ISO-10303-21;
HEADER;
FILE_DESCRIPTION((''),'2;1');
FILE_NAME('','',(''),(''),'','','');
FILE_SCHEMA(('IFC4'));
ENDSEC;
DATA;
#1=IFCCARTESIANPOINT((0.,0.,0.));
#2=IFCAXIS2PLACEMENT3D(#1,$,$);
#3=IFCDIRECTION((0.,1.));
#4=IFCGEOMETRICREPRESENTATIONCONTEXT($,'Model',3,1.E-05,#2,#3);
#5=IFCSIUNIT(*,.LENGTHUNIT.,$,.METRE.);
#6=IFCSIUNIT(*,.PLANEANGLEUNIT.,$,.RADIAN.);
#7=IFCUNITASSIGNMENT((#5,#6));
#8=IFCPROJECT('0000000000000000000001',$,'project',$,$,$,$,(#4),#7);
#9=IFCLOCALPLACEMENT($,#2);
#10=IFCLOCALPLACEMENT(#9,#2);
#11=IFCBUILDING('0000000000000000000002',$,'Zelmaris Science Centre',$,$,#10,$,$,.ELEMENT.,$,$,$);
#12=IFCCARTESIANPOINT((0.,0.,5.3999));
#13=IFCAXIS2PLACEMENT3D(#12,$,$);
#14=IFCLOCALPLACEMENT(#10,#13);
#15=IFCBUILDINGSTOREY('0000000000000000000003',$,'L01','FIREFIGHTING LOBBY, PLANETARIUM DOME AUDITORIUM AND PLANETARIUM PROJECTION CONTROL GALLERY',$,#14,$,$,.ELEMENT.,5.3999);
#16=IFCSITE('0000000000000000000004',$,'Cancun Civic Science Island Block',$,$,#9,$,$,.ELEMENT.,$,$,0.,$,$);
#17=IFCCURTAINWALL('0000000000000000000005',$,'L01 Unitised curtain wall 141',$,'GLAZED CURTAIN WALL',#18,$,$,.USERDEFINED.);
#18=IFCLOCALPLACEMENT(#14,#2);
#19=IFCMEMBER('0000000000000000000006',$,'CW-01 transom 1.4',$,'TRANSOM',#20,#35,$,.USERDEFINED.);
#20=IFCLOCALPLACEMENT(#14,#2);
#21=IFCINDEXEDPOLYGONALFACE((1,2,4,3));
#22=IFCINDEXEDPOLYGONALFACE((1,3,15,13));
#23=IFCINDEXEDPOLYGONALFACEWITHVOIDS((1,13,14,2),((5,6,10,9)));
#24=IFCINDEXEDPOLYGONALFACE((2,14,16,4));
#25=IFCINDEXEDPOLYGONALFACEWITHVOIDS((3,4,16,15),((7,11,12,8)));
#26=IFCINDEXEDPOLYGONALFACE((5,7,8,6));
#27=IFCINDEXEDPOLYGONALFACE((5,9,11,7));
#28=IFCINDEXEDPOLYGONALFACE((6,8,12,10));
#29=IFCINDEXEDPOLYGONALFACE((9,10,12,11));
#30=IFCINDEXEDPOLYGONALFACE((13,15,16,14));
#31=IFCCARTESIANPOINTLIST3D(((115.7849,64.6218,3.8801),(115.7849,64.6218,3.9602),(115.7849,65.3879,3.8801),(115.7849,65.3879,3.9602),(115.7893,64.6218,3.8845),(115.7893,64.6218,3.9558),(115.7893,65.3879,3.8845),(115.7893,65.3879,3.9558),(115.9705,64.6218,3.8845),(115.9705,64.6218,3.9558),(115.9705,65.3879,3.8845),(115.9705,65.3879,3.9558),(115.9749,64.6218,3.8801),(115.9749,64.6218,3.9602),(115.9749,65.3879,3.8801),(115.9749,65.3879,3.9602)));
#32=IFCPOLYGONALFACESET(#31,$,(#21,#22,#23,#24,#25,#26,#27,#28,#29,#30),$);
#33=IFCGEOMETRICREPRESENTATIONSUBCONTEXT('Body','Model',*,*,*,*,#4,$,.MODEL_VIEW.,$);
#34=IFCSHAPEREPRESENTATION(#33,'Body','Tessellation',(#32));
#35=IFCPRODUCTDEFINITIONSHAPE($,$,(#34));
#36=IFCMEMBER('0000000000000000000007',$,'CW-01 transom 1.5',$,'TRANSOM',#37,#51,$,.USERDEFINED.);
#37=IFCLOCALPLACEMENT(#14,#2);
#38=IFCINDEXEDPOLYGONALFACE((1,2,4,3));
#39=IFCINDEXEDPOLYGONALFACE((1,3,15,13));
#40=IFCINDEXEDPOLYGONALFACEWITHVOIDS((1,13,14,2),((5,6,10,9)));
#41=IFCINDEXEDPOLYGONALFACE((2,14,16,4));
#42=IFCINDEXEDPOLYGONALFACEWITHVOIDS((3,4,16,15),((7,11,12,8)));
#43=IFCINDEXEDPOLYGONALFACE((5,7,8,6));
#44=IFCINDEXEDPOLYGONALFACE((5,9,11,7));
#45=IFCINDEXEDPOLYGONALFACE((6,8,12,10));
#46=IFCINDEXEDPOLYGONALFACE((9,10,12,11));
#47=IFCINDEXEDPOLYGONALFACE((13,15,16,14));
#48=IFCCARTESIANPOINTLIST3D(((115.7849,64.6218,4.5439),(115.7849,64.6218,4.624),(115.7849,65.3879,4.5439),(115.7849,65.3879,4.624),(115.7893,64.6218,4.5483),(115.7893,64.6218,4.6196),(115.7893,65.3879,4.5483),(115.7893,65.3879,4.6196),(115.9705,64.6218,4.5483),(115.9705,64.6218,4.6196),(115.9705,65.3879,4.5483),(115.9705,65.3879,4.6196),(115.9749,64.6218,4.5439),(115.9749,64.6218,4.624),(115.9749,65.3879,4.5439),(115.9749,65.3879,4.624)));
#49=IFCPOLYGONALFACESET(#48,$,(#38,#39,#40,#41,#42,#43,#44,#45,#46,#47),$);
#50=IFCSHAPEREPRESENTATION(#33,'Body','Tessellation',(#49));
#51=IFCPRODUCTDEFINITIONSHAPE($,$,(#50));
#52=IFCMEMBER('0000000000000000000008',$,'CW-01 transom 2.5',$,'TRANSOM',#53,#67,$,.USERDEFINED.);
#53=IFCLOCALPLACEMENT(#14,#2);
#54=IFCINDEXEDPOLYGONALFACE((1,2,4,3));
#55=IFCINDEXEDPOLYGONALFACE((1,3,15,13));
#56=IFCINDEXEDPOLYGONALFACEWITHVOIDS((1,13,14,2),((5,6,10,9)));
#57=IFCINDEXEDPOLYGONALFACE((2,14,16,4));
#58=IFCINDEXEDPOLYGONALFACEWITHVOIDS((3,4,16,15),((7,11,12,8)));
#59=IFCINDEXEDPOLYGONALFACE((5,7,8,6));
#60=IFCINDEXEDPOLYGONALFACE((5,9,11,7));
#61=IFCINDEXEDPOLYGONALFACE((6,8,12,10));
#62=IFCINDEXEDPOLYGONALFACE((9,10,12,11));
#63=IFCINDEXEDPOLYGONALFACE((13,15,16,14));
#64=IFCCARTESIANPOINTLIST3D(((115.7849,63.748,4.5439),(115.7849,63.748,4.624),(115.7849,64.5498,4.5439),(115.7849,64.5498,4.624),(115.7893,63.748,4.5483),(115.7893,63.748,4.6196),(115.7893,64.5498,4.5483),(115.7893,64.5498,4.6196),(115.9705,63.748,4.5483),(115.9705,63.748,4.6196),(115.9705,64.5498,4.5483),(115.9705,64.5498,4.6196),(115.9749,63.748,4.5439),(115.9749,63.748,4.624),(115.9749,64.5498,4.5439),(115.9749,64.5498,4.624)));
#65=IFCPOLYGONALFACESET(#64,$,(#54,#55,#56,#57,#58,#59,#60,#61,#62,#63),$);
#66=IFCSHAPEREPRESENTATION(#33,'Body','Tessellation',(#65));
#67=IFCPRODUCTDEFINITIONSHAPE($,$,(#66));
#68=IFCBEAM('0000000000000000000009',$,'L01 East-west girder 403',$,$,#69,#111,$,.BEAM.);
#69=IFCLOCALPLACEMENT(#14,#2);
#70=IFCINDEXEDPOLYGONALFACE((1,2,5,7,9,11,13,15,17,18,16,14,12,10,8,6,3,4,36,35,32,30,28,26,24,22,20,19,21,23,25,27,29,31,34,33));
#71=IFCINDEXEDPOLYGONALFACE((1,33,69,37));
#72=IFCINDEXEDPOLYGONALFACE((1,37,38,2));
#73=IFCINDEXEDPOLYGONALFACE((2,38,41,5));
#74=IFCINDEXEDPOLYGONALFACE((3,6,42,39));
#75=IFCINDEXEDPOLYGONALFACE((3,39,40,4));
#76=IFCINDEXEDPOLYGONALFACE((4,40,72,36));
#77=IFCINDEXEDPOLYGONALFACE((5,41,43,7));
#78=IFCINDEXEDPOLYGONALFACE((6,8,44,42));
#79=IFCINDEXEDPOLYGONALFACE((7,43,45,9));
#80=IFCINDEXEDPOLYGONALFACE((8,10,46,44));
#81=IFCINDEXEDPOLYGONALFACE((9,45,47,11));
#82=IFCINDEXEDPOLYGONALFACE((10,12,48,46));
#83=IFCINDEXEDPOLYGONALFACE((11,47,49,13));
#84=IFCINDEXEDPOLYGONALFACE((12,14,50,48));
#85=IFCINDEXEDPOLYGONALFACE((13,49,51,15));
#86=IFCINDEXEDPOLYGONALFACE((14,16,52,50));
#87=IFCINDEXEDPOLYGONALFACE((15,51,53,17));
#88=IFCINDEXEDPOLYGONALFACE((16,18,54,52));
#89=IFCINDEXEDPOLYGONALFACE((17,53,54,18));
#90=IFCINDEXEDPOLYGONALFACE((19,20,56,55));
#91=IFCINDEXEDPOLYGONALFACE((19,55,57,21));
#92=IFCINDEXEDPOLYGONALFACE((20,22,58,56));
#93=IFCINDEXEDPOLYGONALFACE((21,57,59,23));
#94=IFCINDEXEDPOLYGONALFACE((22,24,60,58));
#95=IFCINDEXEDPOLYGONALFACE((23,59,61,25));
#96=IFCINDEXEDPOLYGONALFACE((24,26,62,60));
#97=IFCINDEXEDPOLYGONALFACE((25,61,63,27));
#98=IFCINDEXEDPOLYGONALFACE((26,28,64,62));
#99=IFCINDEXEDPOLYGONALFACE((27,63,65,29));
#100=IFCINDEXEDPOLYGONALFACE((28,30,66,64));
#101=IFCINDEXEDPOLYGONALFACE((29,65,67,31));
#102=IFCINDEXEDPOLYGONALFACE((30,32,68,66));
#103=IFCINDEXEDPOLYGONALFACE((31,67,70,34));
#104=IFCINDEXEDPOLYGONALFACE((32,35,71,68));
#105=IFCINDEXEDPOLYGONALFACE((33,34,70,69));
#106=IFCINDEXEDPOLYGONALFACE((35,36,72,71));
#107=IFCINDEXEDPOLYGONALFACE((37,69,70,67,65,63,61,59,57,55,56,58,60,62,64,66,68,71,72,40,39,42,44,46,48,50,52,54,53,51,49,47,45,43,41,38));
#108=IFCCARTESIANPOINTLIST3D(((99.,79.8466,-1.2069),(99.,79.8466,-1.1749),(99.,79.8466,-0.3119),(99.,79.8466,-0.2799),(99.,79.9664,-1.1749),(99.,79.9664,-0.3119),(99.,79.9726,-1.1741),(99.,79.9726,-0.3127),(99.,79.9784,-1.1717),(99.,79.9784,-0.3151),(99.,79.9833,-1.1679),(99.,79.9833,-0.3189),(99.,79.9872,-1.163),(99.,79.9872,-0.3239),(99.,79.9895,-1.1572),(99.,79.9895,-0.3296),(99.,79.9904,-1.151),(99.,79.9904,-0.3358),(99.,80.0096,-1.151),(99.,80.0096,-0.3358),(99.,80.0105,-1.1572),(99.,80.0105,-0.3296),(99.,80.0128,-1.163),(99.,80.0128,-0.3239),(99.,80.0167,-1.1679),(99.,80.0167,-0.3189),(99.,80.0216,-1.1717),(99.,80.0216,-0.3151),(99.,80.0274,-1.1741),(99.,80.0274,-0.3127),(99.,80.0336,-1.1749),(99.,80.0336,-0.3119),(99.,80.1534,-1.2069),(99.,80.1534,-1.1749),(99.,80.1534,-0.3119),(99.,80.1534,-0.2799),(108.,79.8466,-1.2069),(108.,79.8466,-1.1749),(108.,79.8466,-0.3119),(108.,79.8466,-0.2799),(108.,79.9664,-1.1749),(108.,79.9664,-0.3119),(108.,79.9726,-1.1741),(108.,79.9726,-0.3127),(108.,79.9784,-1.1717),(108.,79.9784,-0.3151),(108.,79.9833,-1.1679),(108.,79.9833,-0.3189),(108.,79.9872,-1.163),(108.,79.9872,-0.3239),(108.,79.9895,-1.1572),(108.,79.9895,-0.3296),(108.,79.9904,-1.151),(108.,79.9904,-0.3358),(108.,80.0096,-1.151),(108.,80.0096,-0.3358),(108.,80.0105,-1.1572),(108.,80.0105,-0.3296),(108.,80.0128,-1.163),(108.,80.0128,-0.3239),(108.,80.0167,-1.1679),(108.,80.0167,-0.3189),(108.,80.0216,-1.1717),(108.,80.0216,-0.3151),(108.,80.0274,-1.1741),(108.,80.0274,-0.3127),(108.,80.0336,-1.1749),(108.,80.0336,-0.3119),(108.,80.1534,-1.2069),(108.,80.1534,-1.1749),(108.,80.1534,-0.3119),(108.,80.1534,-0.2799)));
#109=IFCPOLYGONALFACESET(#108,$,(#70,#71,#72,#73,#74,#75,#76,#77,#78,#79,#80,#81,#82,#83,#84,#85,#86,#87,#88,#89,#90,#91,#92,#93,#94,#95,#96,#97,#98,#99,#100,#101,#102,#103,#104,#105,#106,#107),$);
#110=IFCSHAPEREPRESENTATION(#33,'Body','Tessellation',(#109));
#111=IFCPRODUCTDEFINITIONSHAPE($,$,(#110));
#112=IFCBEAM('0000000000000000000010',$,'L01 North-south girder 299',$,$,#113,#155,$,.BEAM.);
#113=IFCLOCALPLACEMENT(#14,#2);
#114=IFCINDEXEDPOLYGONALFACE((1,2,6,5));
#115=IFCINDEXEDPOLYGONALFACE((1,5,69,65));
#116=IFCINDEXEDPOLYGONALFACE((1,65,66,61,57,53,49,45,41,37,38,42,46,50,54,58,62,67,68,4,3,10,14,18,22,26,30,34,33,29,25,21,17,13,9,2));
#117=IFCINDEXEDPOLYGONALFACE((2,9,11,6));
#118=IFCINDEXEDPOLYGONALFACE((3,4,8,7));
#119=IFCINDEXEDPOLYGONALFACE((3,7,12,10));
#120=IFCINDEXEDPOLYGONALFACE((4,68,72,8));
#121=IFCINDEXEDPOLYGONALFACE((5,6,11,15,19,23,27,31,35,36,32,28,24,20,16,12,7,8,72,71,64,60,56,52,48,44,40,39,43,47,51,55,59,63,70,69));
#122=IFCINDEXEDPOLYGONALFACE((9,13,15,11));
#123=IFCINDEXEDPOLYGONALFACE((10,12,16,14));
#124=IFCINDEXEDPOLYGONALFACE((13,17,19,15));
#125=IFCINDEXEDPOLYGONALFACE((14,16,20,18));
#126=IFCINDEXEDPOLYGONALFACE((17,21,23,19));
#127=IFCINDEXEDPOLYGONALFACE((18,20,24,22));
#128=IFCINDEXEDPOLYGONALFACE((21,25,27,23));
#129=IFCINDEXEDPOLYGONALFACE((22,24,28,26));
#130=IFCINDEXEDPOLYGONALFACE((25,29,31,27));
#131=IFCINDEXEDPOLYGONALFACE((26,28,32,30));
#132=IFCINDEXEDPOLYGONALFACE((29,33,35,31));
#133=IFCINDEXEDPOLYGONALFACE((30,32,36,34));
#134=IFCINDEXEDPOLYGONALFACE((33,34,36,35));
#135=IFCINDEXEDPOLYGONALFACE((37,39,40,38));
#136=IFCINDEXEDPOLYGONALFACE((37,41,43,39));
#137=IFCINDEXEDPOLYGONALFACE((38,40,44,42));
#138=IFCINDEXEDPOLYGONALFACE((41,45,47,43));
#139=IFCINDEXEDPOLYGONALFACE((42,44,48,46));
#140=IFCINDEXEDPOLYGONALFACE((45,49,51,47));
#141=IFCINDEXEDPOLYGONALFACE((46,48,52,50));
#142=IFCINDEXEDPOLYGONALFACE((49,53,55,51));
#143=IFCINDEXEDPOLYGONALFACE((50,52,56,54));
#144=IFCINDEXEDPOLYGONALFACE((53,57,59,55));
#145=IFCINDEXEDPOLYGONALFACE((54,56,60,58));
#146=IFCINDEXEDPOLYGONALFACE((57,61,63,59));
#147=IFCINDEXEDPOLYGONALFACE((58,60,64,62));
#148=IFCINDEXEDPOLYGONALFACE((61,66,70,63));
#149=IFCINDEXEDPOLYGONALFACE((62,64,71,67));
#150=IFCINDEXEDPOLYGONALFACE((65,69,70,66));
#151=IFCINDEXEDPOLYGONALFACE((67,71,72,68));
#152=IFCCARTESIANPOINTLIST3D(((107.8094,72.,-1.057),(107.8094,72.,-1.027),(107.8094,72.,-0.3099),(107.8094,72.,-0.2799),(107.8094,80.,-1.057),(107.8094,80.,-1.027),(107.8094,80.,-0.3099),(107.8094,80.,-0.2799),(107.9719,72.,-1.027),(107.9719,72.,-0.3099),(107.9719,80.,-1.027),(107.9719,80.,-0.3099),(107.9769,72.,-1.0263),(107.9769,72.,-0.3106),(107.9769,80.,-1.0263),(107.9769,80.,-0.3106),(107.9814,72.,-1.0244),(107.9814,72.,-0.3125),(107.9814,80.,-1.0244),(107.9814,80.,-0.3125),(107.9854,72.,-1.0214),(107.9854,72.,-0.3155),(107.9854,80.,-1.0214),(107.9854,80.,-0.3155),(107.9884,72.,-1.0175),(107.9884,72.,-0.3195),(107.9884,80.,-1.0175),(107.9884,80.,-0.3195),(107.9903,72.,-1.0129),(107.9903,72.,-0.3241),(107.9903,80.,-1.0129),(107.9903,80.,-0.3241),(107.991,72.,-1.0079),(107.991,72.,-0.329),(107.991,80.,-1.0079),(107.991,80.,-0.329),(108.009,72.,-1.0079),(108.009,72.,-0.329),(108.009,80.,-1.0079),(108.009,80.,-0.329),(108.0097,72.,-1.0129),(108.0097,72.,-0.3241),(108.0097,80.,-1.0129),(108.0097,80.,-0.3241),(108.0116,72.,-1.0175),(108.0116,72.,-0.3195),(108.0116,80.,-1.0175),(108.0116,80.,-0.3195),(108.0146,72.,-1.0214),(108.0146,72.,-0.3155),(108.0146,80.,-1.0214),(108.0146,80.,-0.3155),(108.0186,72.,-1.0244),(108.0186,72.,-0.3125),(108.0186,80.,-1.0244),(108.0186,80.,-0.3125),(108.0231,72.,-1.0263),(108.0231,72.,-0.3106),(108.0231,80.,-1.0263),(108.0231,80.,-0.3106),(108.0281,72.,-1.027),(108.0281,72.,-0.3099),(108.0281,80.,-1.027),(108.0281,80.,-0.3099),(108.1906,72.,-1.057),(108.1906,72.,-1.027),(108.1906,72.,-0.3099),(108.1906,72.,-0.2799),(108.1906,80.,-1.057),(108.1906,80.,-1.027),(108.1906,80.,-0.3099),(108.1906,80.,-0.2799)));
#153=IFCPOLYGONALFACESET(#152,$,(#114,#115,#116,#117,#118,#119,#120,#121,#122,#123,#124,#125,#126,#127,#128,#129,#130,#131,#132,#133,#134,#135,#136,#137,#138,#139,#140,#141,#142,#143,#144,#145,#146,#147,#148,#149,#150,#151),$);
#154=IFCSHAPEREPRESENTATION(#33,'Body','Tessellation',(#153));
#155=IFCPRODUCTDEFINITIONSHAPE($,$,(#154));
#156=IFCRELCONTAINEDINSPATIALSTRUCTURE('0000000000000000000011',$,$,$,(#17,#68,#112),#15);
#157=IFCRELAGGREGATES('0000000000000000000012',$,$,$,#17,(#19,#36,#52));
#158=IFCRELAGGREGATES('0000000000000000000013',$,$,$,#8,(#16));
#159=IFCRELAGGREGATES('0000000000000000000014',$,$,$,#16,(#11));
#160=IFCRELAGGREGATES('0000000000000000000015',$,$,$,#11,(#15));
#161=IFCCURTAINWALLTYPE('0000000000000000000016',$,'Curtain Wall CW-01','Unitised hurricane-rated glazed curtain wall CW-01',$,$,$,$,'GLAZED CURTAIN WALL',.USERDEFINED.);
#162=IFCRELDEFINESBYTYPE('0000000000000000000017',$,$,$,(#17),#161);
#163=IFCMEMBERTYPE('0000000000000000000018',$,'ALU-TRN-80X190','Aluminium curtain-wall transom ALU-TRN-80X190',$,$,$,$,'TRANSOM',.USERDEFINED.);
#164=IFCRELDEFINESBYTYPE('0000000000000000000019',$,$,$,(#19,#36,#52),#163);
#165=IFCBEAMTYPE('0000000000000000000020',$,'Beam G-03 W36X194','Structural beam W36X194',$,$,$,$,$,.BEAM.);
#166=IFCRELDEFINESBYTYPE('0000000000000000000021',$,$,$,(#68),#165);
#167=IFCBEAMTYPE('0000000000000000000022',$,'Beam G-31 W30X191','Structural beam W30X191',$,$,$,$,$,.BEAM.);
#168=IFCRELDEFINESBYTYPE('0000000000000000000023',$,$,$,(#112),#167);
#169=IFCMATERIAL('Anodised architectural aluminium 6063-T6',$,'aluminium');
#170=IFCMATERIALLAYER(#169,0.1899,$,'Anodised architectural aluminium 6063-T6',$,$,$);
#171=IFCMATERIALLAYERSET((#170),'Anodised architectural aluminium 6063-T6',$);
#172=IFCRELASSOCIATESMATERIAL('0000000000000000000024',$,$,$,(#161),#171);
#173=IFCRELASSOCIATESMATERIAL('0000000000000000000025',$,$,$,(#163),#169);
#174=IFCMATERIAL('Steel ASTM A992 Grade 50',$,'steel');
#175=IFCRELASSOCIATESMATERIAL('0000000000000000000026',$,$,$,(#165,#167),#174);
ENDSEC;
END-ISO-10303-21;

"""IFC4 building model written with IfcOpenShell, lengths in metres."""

from ifc_helpers import new_model, si_unit, direction, frame, origin, origin_2d, place, context, subcontext, project, spatial, hollow_rectangle, i_section, extrude, material, layer, layer_set, material_profile, profile_set, type_object, element, aggregate, save


model = new_model("IFC4")

# Units and contexts
model_context = context("Model", 3, precision=1e-05, world=origin(), true_north=direction((0.0, 1.0)))
body_context = subcontext(model_context, "Body", "Model", "MODEL_VIEW")
ifc_project = project(units=[si_unit("LENGTHUNIT", "METRE"), si_unit("PLANEANGLEUNIT", "RADIAN")], contexts=[model_context])

# Site, building, storey
site_placement = place(None, origin())
site = spatial("IfcSite", under=ifc_project, at=site_placement, Name="Cancun Civic Science Island Block", CompositionType="ELEMENT", RefElevation=0.0)
building_placement = place(site_placement, origin())
building = spatial("IfcBuilding", under=site, at=building_placement, Name="Zelmaris Science Centre", CompositionType="ELEMENT")
storey_placement = place(building_placement, frame((0.0, 0.0, 5.3999)))
storey = spatial("IfcBuildingStorey", under=building, at=storey_placement, Name="L01", Description="FIREFIGHTING LOBBY, PLANETARIUM DOME AUDITORIUM AND PLANETARIUM PROJECTION CONTROL GALLERY", CompositionType="ELEMENT", Elevation=5.3999)

# Shared definitions
ifc_material_1 = material(Name="Steel ASTM A992 Grade 50", Category="steel")

# Curtain wall, members
ifc_material_2 = material(Name="Anodised architectural aluminium 6063-T6", Category="aluminium")
ifc_layer_1 = layer(ifc_material_2, 0.1899, Name="Anodised architectural aluminium 6063-T6")
ifc_layer_set_1 = layer_set([ifc_layer_1], Name="Anodised architectural aluminium 6063-T6")
curtain_wall_type = type_object("IfcCurtainWallType", Name="Curtain Wall CW-01", Description="Unitised hurricane-rated glazed curtain wall CW-01", ElementType="GLAZED CURTAIN WALL", PredefinedType="USERDEFINED", material=ifc_layer_set_1)
curtain_wall_placement = place(storey_placement, origin())
curtain_wall = element("IfcCurtainWall", 1, at=curtain_wall_placement, inside=storey, type_object=curtain_wall_type, Name="L01 Unitised curtain wall 141", ObjectType="GLAZED CURTAIN WALL", PredefinedType="USERDEFINED")
ifc_material_profile_1 = material_profile(ifc_material_2, hollow_rectangle(XDim=0.0801, YDim=0.1899, WallThickness=0.0044, at=origin_2d()), Name="ALU-TRN-80X190")
ifc_profile_set_1 = profile_set([ifc_material_profile_1], Name="Anodised architectural aluminium 6063-T6")
member_type_1 = type_object("IfcMemberType", Name="ALU-TRN-80X190", Description="Aluminium curtain-wall transom ALU-TRN-80X190", ElementType="TRANSOM", PredefinedType="USERDEFINED", material=ifc_profile_set_1)
member_1_placement = place(storey_placement, frame((115.8799, 65.3879, 3.9202), z_axis=(0.0, -1.0, 0.0), x_axis=(0.0, 0.0, 1.0)))
member_1 = element("IfcMember", 2, at=member_1_placement, type_object=member_type_1, Name="CW-01 transom 1.4", ObjectType="TRANSOM", PredefinedType="USERDEFINED", context=body_context, shape_type="SweptSolid", body=[
    extrude(hollow_rectangle(XDim=0.0801, YDim=0.1899, WallThickness=0.0044, at=origin_2d()), origin(), (0.0, 0.0, 1.0), 0.7661),
])
member_2_placement = place(storey_placement, frame((115.8799, 65.3879, 4.584), z_axis=(0.0, -1.0, 0.0), x_axis=(0.0, 0.0, 1.0)))
member_2 = element("IfcMember", 3, at=member_2_placement, type_object=member_type_1, Name="CW-01 transom 1.5", ObjectType="TRANSOM", PredefinedType="USERDEFINED", context=body_context, shape_type="SweptSolid", body=[
    extrude(hollow_rectangle(XDim=0.0801, YDim=0.1899, WallThickness=0.0044, at=origin_2d()), origin(), (0.0, 0.0, 1.0), 0.7661),
])
member_3_placement = place(storey_placement, frame((115.8799, 64.5498, 4.584), z_axis=(0.0, -1.0, 0.0), x_axis=(0.0, 0.0, 1.0)))
member_3 = element("IfcMember", 4, at=member_3_placement, type_object=member_type_1, Name="CW-01 transom 2.5", ObjectType="TRANSOM", PredefinedType="USERDEFINED", context=body_context, shape_type="SweptSolid", body=[
    extrude(hollow_rectangle(XDim=0.0801, YDim=0.1899, WallThickness=0.0044, at=origin_2d()), origin(), (0.0, 0.0, 1.0), 0.8018),
])

# Beams
ifc_material_profile_2 = material_profile(ifc_material_1, i_section(OverallWidth=0.3069, OverallDepth=0.927, WebThickness=0.0193, FlangeThickness=0.032, FilletRadius=0.0239, at=origin_2d()), Name="W36X194")
ifc_profile_set_2 = profile_set([ifc_material_profile_2], Name="Steel ASTM A992 Grade 50")
beam_type_1 = type_object("IfcBeamType", Name="Beam G-03 W36X194", Description="Structural beam W36X194", PredefinedType="BEAM", material=ifc_profile_set_2)
beam_1_placement = place(storey_placement, frame((99.0, 80.0, -0.7434), z_axis=(1.0, 0.0, 0.0), x_axis=(0.0, 1.0, 0.0)))
element("IfcBeam", 5, at=beam_1_placement, inside=storey, type_object=beam_type_1, Name="L01 East-west girder 403", PredefinedType="BEAM", context=body_context, shape_type="SweptSolid", body=[
    extrude(i_section(OverallWidth=0.3069, OverallDepth=0.927, WebThickness=0.0193, FlangeThickness=0.032, FilletRadius=0.0239, at=origin_2d()), origin(), (0.0, 0.0, 1.0), 9.0),
])
ifc_material_profile_3 = material_profile(ifc_material_1, i_section(OverallWidth=0.3811, OverallDepth=0.7771, WebThickness=0.0181, FlangeThickness=0.03, FilletRadius=0.019, at=origin_2d()), Name="W30X191")
ifc_profile_set_3 = profile_set([ifc_material_profile_3], Name="Steel ASTM A992 Grade 50")
beam_type_2 = type_object("IfcBeamType", Name="Beam G-31 W30X191", Description="Structural beam W30X191", PredefinedType="BEAM", material=ifc_profile_set_3)
beam_2_placement = place(storey_placement, frame((108.0, 72.0, -0.6685), z_axis=(0.0, 1.0, 0.0), x_axis=(-1.0, 0.0, 0.0)))
element("IfcBeam", 6, at=beam_2_placement, inside=storey, type_object=beam_type_2, Name="L01 North-south girder 299", PredefinedType="BEAM", context=body_context, shape_type="SweptSolid", body=[
    extrude(i_section(OverallWidth=0.3811, OverallDepth=0.7771, WebThickness=0.0181, FlangeThickness=0.03, FilletRadius=0.019, at=origin_2d()), origin(), (0.0, 0.0, 1.0), 8.0),
])

aggregate(curtain_wall, [member_1, member_2, member_3])

save(model, "model.ifc")
